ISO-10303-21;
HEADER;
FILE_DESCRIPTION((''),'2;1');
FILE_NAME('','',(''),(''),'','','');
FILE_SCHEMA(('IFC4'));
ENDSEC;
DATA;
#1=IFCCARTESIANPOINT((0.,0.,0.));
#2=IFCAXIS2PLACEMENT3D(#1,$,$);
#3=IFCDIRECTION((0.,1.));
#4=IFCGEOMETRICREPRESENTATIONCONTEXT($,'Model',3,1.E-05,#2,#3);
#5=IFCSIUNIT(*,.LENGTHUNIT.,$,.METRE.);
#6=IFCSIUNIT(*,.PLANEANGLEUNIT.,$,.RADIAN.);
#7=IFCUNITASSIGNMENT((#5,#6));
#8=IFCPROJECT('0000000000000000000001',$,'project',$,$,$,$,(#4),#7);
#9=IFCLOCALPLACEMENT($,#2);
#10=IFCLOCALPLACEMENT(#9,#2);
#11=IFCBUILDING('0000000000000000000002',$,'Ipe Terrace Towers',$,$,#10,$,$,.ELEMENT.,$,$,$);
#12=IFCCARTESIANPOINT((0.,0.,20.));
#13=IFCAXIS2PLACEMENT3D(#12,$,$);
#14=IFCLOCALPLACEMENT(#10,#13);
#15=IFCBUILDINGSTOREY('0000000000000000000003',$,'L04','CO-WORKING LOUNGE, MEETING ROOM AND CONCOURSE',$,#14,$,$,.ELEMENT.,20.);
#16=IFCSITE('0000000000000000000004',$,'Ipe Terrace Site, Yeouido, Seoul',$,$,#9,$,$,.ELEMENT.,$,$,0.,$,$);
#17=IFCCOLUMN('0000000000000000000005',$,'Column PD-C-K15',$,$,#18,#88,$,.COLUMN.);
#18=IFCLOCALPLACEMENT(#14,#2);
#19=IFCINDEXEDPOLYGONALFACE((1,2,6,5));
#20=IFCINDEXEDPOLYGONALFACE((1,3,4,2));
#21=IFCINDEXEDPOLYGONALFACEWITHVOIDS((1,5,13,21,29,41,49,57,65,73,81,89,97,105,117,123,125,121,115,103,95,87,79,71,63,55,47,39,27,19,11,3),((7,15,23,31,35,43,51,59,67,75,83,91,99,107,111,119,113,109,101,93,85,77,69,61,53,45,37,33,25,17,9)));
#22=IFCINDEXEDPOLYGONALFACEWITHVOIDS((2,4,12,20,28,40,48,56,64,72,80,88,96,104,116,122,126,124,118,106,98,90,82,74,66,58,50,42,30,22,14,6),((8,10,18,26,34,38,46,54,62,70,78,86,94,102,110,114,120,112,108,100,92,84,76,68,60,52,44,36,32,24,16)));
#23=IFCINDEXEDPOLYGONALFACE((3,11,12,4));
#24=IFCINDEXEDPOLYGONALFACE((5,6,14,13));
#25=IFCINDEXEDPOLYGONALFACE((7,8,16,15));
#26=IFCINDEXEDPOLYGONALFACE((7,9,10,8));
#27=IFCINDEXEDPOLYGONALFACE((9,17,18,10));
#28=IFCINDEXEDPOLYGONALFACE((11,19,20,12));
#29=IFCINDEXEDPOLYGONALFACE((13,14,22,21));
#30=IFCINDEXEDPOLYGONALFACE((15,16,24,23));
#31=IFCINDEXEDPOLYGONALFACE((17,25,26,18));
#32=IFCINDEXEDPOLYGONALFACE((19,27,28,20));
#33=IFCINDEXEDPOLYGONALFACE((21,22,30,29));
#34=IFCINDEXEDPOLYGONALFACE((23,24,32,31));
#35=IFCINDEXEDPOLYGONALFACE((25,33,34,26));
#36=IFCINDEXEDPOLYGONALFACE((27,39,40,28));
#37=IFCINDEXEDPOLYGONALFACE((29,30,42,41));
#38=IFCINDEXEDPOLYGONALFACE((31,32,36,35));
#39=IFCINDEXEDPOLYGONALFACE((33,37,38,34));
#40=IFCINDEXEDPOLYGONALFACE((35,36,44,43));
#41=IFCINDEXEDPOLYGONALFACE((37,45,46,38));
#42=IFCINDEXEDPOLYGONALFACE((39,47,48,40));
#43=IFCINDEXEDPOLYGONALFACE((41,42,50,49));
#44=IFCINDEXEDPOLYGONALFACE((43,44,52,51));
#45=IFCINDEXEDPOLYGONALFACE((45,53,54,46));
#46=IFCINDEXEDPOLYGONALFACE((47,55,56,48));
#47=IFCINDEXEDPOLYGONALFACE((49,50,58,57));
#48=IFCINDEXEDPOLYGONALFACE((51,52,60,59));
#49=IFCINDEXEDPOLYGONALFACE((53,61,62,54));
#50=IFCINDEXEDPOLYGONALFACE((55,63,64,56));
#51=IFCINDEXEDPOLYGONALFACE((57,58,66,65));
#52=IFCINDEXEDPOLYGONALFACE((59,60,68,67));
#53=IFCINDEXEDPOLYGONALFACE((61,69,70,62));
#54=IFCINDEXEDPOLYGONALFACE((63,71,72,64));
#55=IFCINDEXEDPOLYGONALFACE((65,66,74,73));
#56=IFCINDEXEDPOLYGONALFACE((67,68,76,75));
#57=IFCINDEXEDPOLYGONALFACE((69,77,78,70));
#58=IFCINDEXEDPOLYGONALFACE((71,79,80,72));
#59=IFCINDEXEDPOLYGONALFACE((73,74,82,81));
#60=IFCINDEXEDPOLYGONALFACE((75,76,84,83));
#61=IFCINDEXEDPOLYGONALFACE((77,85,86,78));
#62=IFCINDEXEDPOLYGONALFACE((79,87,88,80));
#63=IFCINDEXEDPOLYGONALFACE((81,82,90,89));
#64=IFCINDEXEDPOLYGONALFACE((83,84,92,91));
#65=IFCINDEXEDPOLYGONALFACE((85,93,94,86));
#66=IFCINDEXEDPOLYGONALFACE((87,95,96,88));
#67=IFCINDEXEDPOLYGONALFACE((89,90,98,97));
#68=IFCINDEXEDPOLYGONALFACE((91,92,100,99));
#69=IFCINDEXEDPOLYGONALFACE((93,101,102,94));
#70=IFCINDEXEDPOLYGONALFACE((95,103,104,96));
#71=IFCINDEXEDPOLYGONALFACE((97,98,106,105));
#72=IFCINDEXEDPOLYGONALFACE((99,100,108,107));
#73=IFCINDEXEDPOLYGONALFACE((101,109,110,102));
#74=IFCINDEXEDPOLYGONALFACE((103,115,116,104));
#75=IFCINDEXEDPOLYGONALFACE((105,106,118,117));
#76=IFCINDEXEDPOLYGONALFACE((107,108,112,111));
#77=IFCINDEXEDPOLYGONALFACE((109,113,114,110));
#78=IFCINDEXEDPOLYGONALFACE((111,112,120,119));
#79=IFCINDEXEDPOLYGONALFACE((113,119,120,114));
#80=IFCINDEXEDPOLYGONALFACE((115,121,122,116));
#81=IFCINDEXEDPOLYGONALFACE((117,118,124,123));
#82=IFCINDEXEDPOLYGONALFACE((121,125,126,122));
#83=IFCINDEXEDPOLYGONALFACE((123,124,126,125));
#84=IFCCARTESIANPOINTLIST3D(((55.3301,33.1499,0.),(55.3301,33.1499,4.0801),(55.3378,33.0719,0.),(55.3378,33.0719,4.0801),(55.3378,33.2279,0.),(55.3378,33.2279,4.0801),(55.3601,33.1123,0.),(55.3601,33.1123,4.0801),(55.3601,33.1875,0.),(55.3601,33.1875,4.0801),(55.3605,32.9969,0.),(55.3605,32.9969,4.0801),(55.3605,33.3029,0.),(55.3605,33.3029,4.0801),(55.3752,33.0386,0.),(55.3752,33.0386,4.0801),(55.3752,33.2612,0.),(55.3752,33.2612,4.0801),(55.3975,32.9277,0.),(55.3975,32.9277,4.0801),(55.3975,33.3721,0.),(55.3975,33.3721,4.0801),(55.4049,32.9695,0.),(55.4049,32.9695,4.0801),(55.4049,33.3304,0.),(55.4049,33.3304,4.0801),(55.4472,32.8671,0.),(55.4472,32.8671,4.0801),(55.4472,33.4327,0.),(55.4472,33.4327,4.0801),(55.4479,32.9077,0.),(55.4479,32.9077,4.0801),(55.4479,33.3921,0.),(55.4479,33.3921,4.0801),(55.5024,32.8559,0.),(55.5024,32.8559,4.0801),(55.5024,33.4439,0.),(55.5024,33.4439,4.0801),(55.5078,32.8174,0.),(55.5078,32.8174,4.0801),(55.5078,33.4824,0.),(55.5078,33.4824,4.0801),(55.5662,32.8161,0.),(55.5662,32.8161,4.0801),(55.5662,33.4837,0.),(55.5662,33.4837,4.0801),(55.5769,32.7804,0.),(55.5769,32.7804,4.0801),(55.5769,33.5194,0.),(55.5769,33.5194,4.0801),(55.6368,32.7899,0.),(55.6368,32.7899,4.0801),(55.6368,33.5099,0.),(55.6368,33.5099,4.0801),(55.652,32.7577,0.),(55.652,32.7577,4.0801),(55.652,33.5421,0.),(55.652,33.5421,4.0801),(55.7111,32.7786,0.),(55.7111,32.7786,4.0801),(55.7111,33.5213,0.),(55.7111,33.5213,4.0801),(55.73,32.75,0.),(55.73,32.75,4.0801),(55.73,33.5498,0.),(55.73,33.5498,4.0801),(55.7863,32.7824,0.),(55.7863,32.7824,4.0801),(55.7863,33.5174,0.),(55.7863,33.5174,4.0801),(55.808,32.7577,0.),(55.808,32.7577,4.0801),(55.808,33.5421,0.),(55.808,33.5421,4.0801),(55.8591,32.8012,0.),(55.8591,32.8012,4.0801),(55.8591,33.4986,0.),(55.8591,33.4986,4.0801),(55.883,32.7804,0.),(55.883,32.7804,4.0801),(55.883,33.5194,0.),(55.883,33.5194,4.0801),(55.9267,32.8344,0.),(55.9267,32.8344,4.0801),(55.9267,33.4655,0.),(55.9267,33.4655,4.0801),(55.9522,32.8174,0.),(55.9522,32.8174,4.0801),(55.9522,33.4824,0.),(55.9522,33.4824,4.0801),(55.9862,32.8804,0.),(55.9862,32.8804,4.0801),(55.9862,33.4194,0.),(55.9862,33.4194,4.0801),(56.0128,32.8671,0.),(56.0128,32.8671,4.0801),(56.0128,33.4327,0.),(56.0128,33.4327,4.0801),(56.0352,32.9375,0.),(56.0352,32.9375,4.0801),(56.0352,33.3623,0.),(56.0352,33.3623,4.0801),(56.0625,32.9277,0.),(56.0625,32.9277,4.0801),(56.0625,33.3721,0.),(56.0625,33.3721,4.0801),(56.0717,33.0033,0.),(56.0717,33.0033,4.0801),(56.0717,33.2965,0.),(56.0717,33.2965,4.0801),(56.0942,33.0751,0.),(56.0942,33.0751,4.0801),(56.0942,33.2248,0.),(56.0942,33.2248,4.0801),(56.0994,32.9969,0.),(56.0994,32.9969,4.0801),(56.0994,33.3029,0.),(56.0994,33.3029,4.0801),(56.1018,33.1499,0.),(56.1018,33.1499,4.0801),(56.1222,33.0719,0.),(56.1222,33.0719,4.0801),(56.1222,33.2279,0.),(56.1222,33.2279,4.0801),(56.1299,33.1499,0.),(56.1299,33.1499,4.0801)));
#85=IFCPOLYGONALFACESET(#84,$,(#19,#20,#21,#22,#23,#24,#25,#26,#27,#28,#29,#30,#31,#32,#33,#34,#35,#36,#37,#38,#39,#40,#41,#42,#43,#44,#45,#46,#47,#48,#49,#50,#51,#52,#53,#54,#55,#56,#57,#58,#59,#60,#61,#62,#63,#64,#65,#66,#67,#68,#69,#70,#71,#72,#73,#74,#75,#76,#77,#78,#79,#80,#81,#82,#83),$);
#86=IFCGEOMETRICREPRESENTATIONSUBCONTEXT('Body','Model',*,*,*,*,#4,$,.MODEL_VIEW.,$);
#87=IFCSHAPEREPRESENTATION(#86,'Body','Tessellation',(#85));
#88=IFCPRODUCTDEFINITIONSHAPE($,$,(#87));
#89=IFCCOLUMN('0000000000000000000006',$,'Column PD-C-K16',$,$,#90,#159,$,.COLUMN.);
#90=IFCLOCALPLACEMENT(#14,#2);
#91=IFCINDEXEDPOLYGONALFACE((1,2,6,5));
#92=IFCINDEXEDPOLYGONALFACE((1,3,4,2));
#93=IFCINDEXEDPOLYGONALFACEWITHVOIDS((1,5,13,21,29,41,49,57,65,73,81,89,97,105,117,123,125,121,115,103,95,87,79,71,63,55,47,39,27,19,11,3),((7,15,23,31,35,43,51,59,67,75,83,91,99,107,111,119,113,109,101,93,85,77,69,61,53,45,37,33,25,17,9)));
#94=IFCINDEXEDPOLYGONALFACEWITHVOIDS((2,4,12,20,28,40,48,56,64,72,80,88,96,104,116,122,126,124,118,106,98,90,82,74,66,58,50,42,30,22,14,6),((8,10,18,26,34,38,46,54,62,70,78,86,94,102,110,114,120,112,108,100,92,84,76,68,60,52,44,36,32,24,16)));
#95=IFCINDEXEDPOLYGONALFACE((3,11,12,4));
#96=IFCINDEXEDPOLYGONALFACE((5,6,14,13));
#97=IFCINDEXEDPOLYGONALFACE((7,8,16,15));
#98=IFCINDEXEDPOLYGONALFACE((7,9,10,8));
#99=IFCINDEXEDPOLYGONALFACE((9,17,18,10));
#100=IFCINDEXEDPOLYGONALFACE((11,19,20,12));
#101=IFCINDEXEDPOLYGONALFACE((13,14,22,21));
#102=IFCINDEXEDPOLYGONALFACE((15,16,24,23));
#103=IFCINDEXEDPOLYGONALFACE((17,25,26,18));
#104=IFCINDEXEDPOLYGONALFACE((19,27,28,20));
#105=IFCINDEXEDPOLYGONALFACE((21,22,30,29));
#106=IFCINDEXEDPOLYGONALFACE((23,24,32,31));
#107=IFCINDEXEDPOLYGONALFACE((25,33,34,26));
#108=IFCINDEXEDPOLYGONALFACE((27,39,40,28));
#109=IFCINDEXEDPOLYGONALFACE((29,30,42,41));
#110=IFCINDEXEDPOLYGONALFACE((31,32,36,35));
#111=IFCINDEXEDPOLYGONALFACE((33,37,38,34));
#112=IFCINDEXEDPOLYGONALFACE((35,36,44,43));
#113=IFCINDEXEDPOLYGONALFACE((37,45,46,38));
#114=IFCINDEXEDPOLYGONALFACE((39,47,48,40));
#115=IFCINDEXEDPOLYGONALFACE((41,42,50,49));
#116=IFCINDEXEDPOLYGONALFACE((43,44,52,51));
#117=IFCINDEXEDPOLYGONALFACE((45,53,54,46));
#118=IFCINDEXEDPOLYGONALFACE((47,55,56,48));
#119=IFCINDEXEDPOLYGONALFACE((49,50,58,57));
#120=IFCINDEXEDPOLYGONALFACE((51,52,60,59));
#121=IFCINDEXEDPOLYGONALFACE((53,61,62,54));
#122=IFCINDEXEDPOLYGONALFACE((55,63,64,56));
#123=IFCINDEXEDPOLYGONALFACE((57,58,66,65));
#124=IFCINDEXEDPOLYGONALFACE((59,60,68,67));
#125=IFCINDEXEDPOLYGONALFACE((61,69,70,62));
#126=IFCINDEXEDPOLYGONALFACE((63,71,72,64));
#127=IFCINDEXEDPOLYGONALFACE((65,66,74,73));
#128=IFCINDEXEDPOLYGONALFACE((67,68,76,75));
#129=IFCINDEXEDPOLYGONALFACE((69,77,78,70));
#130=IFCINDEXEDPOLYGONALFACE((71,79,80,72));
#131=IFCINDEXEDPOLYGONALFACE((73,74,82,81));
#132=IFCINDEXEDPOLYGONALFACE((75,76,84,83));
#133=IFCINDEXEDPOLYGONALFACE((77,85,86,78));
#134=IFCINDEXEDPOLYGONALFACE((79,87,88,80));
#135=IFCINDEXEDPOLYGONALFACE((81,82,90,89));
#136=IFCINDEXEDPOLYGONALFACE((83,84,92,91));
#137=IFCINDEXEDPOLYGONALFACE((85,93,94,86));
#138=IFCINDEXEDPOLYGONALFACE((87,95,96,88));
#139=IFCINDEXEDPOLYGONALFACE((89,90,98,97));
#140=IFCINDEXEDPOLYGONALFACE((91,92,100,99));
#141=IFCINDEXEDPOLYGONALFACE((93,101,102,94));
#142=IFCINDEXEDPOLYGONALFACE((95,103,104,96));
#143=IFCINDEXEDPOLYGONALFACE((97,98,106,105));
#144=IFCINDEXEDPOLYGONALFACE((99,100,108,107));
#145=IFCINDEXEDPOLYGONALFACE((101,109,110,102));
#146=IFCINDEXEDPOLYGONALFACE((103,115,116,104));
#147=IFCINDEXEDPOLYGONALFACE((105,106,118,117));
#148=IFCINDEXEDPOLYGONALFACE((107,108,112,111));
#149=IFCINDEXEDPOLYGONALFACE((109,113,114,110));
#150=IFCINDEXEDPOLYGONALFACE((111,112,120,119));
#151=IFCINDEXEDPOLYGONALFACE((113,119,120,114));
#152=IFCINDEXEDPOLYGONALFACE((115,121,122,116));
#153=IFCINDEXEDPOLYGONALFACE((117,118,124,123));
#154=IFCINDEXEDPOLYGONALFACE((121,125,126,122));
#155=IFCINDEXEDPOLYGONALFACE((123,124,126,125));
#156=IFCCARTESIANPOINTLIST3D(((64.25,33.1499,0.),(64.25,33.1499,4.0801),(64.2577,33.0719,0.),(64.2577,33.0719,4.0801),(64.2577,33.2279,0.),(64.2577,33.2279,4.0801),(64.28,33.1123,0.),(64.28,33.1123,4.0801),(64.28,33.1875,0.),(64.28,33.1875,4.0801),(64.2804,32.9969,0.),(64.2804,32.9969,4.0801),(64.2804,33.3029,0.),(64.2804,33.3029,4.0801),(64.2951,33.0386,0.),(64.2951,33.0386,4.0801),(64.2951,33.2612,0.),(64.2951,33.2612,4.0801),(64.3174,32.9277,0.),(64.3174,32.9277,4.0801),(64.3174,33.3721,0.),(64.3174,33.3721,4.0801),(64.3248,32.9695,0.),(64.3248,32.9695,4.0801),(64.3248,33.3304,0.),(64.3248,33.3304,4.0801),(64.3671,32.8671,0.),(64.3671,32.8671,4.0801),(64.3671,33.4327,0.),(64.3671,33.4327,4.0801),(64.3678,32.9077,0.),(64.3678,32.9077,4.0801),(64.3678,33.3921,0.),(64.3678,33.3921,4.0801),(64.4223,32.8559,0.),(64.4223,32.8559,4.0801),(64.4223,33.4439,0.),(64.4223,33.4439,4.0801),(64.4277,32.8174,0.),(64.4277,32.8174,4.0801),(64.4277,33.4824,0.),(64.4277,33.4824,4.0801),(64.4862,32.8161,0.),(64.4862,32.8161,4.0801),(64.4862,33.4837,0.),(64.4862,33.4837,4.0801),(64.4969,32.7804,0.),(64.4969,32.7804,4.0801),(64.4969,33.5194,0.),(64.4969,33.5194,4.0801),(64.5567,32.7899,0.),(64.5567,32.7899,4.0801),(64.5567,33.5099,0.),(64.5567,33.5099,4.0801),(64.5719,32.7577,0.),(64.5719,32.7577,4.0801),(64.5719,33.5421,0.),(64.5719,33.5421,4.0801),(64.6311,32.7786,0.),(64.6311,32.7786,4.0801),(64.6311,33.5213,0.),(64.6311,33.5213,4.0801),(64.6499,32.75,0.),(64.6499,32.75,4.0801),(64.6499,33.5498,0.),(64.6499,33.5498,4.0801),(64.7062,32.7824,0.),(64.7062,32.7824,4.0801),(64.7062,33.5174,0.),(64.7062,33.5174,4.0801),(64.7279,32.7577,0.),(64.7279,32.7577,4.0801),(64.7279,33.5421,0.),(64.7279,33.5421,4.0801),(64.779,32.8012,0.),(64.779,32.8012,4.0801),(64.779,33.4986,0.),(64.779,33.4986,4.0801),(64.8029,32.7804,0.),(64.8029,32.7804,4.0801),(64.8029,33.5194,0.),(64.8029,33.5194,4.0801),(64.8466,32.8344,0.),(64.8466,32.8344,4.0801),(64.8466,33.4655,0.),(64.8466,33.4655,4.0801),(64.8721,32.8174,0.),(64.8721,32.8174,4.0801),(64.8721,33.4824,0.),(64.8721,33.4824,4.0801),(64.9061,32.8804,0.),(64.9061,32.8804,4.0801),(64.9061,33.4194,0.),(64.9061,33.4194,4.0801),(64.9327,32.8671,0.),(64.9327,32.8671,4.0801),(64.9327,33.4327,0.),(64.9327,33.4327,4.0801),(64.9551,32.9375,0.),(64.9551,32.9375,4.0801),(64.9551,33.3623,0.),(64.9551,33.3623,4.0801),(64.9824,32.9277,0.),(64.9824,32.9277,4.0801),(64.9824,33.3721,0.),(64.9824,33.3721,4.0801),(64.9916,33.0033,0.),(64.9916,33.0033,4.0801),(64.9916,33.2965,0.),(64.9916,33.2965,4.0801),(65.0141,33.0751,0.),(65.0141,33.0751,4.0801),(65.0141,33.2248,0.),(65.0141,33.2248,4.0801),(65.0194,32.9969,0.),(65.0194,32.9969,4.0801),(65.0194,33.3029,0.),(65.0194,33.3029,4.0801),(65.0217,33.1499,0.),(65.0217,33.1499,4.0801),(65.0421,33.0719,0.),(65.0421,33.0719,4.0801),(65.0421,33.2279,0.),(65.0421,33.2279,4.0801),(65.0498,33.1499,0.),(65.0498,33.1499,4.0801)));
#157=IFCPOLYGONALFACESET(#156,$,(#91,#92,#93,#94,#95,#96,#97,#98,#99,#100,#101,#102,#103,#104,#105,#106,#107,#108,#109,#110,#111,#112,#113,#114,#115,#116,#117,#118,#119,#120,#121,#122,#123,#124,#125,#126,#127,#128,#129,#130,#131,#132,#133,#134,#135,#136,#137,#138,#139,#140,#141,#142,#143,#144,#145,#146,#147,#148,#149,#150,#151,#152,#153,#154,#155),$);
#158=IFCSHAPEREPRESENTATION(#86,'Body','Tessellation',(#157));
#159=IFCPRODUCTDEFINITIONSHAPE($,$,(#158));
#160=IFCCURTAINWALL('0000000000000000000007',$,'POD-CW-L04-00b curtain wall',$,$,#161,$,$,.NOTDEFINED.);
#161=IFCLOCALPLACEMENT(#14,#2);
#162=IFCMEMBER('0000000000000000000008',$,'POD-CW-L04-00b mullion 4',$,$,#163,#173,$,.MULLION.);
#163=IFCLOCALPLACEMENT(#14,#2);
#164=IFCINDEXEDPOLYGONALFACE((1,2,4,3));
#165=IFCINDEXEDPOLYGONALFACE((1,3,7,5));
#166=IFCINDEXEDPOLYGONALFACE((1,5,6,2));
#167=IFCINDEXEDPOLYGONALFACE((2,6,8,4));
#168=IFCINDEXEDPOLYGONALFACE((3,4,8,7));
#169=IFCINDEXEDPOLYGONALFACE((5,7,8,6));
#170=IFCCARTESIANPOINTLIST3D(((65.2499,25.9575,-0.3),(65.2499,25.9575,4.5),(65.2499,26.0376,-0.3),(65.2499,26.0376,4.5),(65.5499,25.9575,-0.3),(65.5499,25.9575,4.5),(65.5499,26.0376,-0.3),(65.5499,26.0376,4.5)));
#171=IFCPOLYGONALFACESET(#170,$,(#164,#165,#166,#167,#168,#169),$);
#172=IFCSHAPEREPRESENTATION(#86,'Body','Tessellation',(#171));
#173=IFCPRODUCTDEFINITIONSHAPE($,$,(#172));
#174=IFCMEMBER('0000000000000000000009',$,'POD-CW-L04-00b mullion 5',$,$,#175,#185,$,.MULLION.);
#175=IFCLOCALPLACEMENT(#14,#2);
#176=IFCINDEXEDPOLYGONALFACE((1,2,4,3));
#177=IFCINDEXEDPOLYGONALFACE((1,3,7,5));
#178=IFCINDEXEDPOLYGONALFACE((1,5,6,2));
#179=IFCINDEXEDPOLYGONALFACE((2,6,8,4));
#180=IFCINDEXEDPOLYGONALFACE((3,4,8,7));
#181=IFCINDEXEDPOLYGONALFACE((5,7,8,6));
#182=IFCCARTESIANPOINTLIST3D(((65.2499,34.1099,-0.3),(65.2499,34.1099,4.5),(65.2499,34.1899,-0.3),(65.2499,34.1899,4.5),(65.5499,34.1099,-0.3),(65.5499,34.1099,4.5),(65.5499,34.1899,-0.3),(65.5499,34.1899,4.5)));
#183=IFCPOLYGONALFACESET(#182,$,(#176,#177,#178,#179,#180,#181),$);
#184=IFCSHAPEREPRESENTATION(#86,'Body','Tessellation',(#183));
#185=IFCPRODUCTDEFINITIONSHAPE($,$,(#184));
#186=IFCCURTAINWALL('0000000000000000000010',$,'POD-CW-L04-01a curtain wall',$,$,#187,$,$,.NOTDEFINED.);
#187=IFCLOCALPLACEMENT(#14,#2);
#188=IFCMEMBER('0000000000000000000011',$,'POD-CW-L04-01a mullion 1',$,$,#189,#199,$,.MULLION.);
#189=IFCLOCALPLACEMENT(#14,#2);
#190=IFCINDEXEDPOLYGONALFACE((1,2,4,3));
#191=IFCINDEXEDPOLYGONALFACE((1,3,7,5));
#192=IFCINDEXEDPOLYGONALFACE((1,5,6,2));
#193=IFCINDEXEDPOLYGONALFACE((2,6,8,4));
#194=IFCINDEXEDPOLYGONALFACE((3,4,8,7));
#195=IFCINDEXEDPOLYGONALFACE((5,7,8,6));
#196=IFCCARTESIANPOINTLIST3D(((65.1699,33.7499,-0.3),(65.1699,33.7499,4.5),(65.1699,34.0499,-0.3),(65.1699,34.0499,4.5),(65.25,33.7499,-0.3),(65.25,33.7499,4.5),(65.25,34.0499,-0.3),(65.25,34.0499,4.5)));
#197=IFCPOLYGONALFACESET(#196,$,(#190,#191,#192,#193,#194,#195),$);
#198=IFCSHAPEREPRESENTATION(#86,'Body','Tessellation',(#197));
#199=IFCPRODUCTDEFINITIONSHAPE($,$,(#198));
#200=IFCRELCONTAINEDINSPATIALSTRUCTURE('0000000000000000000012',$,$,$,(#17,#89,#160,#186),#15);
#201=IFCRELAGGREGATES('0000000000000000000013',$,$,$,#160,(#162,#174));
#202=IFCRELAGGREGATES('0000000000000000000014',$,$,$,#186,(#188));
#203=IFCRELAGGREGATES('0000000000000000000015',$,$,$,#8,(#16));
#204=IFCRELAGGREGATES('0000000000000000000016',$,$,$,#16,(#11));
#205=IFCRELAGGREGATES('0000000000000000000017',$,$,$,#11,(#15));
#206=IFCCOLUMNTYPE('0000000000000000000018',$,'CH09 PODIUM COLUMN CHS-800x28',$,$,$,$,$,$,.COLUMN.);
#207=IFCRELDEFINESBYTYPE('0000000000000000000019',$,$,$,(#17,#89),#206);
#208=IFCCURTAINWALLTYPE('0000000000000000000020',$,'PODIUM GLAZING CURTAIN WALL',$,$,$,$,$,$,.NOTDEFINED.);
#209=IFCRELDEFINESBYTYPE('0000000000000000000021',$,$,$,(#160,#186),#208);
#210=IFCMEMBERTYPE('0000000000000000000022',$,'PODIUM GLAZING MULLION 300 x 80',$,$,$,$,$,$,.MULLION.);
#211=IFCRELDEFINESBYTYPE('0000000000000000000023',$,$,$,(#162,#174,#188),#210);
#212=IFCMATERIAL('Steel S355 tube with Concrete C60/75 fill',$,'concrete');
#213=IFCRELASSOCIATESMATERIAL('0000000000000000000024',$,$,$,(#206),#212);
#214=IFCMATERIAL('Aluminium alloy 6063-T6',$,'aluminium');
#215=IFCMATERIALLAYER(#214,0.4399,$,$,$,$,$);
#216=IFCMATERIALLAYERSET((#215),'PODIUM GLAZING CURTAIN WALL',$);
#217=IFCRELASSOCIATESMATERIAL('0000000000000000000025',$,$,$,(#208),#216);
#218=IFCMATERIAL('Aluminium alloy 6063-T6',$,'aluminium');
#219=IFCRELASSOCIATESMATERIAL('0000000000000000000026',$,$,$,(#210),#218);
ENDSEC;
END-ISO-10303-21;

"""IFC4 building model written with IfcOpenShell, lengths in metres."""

from ifc_helpers import new_model, si_unit, direction, frame, origin, origin_2d, place, context, subcontext, project, spatial, rectangle, hollow_circle, extrude, material, layer, layer_set, material_profile, profile_set, type_object, element, aggregate, save


model = new_model("IFC4")

# Units and contexts
model_context = context("Model", 3, precision=1e-05, world=origin(), true_north=direction((0.0, 1.0)))
body_context = subcontext(model_context, "Body", "Model", "MODEL_VIEW")
ifc_project = project(units=[si_unit("LENGTHUNIT", "METRE"), si_unit("PLANEANGLEUNIT", "RADIAN")], contexts=[model_context])

# Site, building, storey
site_placement = place(None, origin())
site = spatial("IfcSite", under=ifc_project, at=site_placement, Name="Ipe Terrace Site, Yeouido, Seoul", CompositionType="ELEMENT", RefElevation=0.0)
building_placement = place(site_placement, origin())
building = spatial("IfcBuilding", under=site, at=building_placement, Name="Ipe Terrace Towers", CompositionType="ELEMENT")
storey_placement = place(building_placement, frame((0.0, 0.0, 20.0)))
storey = spatial("IfcBuildingStorey", under=building, at=storey_placement, Name="L04", Description="CO-WORKING LOUNGE, MEETING ROOM AND CONCOURSE", CompositionType="ELEMENT", Elevation=20.0)

# Columns
ifc_material_1 = material(Name="Steel S355 tube with Concrete C60/75 fill", Category="concrete")
ifc_material_profile_1 = material_profile(ifc_material_1, hollow_circle(Radius=0.3999, WallThickness=0.0281, at=origin_2d()), Name="CHS-800x28")
ifc_profile_set_1 = profile_set([ifc_material_profile_1], Name="Steel S355 tube with Concrete C60/75 fill")
column_type = type_object("IfcColumnType", Name="CH09 PODIUM COLUMN CHS-800x28", PredefinedType="COLUMN", material=ifc_profile_set_1)
for number, where, z_axis, x_axis, name in (
    (1, (55.73, 33.1499, 0.0), (0.0, 0.0, 1.0), (1.0, 0.0, 0.0), "Column PD-C-K15"),
    (2, (64.6499, 33.1499, 0.0), (0.0, 0.0, 1.0), (1.0, 0.0, 0.0), "Column PD-C-K16"),
):
    element("IfcColumn", number, at=place(storey_placement, frame(where, z_axis=z_axis, x_axis=x_axis)), inside=storey, type_object=column_type, Name=name, PredefinedType="COLUMN", context=body_context, shape_type="SweptSolid", body=[
        extrude(hollow_circle(Radius=0.3999, WallThickness=0.0281, at=origin_2d()), origin(), (0.0, 0.0, 1.0), 4.0801),
    ])

# Curtain walls, members
ifc_material_2 = material(Name="Aluminium alloy 6063-T6", Category="aluminium")
ifc_layer_1 = layer(ifc_material_2, 0.4399)
ifc_layer_set_1 = layer_set([ifc_layer_1], Name="PODIUM GLAZING CURTAIN WALL")
curtain_wall_type = type_object("IfcCurtainWallType", Name="PODIUM GLAZING CURTAIN WALL", PredefinedType="NOTDEFINED", material=ifc_layer_set_1)
curtain_wall_1_placement = place(storey_placement, origin())
curtain_wall_1 = element("IfcCurtainWall", 3, at=curtain_wall_1_placement, inside=storey, type_object=curtain_wall_type, Name="POD-CW-L04-00b curtain wall", PredefinedType="NOTDEFINED")
ifc_material_3 = material(Name="Aluminium alloy 6063-T6", Category="aluminium")
ifc_material_profile_2 = material_profile(ifc_material_3, rectangle(XDim=0.3, YDim=0.0801, at=origin_2d()), Name="PODIUM GLAZING MULLION 300 x 80")
ifc_profile_set_2 = profile_set([ifc_material_profile_2], Name="Aluminium alloy 6063-T6")
member_type_1 = type_object("IfcMemberType", Name="PODIUM GLAZING MULLION 300 x 80", PredefinedType="MULLION", material=ifc_profile_set_2)
member_1_placement = place(storey_placement, frame((65.3999, 25.9976, -0.3), z_axis=(0.0, 0.0, 1.0), x_axis=(1.0, 0.0, 0.0)))
member_1 = element("IfcMember", 4, at=member_1_placement, type_object=member_type_1, Name="POD-CW-L04-00b mullion 4", PredefinedType="MULLION", context=body_context, shape_type="SweptSolid", body=[
    extrude(rectangle(XDim=0.3, YDim=0.0801, at=origin_2d()), origin(), (0.0, 0.0, 1.0), 4.8),
])
member_2_placement = place(storey_placement, frame((65.3999, 34.1499, -0.3), z_axis=(0.0, 0.0, 1.0), x_axis=(1.0, 0.0, 0.0)))
member_2 = element("IfcMember", 5, at=member_2_placement, type_object=member_type_1, Name="POD-CW-L04-00b mullion 5", PredefinedType="MULLION", context=body_context, shape_type="SweptSolid", body=[
    extrude(rectangle(XDim=0.3, YDim=0.0801, at=origin_2d()), origin(), (0.0, 0.0, 1.0), 4.8),
])
curtain_wall_2_placement = place(storey_placement, origin())
curtain_wall_2 = element("IfcCurtainWall", 6, at=curtain_wall_2_placement, inside=storey, type_object=curtain_wall_type, Name="POD-CW-L04-01a curtain wall", PredefinedType="NOTDEFINED")
member_3_placement = place(storey_placement, frame((65.21, 33.8999, -0.3), z_axis=(0.0, 0.0, 1.0), x_axis=(0.0, 1.0, 0.0)))
member_3 = element("IfcMember", 7, at=member_3_placement, type_object=member_type_1, Name="POD-CW-L04-01a mullion 1", PredefinedType="MULLION", context=body_context, shape_type="SweptSolid", body=[
    extrude(rectangle(XDim=0.3, YDim=0.0801, at=origin_2d()), origin(), (0.0, 0.0, 1.0), 4.8),
])

aggregate(curtain_wall_1, [member_1, member_2])
aggregate(curtain_wall_2, [member_3])

save(model, "model.ifc")
